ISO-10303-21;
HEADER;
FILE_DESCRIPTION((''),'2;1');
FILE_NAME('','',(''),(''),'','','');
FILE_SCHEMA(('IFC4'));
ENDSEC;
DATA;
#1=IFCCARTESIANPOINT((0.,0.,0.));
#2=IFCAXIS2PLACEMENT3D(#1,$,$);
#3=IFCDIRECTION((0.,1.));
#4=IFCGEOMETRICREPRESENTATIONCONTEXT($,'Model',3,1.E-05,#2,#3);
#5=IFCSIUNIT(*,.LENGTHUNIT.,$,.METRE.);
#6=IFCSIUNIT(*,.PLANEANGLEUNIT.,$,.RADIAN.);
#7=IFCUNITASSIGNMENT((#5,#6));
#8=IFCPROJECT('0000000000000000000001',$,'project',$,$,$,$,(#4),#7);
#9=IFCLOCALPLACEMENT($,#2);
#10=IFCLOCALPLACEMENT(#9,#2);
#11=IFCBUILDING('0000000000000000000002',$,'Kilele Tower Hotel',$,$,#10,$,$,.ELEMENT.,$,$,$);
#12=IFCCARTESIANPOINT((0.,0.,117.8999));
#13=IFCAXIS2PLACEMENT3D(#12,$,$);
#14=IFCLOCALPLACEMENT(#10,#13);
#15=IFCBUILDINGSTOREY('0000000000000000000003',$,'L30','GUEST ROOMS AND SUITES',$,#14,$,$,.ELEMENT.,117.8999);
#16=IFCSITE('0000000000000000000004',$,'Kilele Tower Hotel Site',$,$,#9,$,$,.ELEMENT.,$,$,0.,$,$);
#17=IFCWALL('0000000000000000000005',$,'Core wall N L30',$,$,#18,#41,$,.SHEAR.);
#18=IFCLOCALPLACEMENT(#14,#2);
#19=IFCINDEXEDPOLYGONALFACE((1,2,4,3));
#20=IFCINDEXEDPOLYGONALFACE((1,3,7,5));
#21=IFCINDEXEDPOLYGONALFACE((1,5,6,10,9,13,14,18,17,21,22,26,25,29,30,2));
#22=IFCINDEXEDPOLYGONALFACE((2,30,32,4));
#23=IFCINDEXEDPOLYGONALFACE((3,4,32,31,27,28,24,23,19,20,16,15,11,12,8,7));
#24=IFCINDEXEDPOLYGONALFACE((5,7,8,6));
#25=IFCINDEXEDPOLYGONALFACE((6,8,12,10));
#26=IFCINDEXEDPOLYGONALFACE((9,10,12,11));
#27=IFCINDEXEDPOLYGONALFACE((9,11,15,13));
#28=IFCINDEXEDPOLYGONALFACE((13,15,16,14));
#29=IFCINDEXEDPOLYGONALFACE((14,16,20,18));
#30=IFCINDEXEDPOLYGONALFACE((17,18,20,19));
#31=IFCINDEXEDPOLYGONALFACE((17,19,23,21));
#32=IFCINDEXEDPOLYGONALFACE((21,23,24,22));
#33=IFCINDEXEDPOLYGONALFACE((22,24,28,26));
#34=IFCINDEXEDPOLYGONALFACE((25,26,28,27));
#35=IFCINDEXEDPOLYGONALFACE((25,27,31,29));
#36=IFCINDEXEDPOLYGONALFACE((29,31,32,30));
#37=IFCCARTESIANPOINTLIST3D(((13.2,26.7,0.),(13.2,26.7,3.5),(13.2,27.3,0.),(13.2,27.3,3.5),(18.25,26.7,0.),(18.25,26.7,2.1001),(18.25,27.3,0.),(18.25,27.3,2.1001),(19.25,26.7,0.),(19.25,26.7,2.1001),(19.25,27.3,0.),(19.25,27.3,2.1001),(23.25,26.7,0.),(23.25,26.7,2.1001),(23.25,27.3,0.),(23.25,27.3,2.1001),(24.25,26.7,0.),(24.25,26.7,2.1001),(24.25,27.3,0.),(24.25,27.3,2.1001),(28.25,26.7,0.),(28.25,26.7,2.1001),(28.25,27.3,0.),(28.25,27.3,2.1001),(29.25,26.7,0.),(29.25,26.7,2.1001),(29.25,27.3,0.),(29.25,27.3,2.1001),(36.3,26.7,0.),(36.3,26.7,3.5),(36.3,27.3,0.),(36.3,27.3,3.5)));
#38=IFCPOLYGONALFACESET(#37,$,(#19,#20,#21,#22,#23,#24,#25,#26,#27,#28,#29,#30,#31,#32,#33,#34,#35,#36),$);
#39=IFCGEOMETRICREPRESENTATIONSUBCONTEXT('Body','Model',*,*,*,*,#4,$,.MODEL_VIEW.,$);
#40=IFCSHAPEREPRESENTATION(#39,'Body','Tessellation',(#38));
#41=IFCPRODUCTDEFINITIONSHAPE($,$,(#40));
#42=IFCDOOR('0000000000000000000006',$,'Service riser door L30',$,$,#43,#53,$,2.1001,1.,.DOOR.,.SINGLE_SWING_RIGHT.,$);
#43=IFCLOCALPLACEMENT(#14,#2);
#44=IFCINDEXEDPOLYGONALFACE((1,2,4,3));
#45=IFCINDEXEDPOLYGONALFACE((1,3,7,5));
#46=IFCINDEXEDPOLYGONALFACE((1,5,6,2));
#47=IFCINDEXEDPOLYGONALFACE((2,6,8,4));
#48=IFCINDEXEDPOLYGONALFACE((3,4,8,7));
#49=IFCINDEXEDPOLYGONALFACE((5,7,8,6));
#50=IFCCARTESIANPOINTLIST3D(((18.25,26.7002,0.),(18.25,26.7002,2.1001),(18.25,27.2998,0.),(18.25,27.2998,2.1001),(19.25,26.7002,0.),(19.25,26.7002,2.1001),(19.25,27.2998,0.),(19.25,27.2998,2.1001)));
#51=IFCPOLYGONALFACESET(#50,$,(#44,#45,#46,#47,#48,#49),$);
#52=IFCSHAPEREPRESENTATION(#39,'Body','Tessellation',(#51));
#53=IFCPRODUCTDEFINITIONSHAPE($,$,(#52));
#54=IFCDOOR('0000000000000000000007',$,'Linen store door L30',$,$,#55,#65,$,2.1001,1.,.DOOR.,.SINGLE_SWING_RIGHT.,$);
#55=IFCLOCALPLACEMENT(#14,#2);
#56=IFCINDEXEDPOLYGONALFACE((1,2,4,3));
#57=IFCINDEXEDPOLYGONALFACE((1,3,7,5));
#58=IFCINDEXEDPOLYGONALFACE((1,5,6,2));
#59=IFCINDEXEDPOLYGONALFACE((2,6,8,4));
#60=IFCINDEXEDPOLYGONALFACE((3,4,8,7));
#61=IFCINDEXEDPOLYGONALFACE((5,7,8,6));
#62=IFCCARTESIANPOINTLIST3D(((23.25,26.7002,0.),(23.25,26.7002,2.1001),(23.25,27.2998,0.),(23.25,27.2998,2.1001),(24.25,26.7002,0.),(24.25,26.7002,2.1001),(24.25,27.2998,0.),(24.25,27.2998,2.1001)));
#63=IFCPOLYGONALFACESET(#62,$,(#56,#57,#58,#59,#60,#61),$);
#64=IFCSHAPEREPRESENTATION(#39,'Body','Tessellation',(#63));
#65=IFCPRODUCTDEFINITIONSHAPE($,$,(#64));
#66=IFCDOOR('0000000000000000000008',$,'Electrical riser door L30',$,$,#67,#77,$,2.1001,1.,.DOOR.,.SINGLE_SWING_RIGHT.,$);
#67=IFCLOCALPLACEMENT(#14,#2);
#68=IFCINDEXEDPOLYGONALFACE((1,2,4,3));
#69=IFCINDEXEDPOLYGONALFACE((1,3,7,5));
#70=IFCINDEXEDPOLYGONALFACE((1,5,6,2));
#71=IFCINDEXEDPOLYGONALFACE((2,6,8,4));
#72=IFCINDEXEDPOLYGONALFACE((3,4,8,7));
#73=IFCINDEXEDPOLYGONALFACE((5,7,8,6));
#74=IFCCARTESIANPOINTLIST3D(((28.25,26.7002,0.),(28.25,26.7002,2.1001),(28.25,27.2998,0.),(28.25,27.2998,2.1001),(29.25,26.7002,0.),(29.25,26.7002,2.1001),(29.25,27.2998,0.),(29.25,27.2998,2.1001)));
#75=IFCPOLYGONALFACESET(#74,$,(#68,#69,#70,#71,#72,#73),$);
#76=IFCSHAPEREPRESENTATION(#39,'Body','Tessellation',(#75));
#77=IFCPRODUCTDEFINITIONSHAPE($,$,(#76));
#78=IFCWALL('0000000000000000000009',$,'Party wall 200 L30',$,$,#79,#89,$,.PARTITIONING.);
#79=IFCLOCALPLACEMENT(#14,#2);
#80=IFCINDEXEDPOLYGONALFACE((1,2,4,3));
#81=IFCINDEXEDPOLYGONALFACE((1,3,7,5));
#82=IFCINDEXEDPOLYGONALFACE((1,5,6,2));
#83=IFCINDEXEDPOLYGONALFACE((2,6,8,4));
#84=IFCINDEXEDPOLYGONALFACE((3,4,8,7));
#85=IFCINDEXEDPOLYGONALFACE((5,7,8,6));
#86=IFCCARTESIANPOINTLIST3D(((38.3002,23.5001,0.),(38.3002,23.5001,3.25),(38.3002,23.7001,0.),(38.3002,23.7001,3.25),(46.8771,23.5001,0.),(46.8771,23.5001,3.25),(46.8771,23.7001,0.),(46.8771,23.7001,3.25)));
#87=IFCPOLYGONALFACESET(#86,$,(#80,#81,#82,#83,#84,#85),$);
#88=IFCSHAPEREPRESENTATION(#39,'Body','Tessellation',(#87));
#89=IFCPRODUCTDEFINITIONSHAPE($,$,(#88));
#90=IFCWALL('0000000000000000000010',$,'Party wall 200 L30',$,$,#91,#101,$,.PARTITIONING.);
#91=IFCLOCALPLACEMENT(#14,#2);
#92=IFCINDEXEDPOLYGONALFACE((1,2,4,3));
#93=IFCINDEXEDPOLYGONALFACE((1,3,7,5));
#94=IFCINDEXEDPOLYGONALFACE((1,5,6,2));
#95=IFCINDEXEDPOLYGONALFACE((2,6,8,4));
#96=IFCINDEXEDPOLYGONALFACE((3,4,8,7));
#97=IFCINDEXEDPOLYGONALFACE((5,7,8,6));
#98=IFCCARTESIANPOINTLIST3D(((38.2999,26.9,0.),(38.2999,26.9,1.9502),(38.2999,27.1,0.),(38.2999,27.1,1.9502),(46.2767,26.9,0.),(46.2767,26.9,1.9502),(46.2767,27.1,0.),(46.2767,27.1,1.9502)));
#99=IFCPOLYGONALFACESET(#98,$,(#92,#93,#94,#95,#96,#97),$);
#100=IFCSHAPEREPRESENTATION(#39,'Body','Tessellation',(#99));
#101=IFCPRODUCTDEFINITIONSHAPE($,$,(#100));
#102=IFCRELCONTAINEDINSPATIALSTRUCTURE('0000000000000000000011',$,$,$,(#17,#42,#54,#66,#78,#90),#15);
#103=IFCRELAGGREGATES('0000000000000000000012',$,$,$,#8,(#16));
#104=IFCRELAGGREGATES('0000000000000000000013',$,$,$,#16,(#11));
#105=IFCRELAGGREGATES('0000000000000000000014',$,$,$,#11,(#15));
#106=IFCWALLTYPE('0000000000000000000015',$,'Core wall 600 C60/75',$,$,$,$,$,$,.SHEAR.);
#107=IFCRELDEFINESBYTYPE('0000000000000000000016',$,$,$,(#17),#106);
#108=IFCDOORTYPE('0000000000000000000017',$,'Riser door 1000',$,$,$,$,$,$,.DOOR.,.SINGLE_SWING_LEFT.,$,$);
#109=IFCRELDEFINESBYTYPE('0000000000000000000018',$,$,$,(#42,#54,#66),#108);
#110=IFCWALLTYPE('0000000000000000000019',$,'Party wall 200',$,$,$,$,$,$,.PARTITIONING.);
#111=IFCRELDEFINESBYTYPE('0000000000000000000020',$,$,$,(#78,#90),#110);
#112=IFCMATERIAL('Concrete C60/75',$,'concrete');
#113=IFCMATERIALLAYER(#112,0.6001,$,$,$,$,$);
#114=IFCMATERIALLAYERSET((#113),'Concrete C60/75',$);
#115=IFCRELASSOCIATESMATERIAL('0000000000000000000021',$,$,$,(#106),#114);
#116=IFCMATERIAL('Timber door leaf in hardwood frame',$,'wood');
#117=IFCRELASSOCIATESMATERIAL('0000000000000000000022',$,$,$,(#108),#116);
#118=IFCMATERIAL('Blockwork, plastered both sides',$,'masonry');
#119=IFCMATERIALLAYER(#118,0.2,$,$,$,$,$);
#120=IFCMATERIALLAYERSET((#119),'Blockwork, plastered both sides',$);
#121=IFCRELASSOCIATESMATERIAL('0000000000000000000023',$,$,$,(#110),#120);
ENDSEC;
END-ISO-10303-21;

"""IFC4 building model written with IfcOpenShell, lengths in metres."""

from ifc_helpers import new_model, si_unit, direction, frame, frame_2d, origin, place, context, subcontext, project, spatial, rectangle, extrude, material, layer, layer_set, type_object, element, fill, save


model = new_model("IFC4")

# Units and contexts
model_context = context("Model", 3, precision=1e-05, world=origin(), true_north=direction((0.0, 1.0)))
body_context = subcontext(model_context, "Body", "Model", "MODEL_VIEW")
ifc_project = project(units=[si_unit("LENGTHUNIT", "METRE"), si_unit("PLANEANGLEUNIT", "RADIAN")], contexts=[model_context])

# Site, building, storey
site_placement = place(None, origin())
site = spatial("IfcSite", under=ifc_project, at=site_placement, Name="Kilele Tower Hotel Site", CompositionType="ELEMENT", RefElevation=0.0)
building_placement = place(site_placement, origin())
building = spatial("IfcBuilding", under=site, at=building_placement, Name="Kilele Tower Hotel", CompositionType="ELEMENT")
storey_placement = place(building_placement, frame((0.0, 0.0, 117.8999)))
storey = spatial("IfcBuildingStorey", under=building, at=storey_placement, Name="L30", Description="GUEST ROOMS AND SUITES", CompositionType="ELEMENT", Elevation=117.8999)

# Wall, openings, doors
ifc_material_1 = material(Name="Concrete C60/75", Category="concrete")
ifc_layer_1 = layer(ifc_material_1, 0.6001)
ifc_layer_set_1 = layer_set([ifc_layer_1], Name="Concrete C60/75")
wall_type_1 = type_object("IfcWallType", Name="Core wall 600 C60/75", PredefinedType="SHEAR", material=ifc_layer_set_1)
wall_1_placement = place(storey_placement, frame((36.3, 27.0, 0.0), z_axis=(0.0, 0.0, 1.0), x_axis=(-1.0, 0.0, 0.0)))
wall_1 = element("IfcWall", 1, at=wall_1_placement, inside=storey, type_object=wall_type_1, Name="Core wall N L30", PredefinedType="SHEAR", context=body_context, shape_type="SweptSolid", body=[
    extrude(rectangle(XDim=23.1001, YDim=0.6001, at=frame_2d((11.55, 0.0))), origin(), (0.0, 0.0, 1.0), 3.5),
])
opening_1_placement = place(wall_1_placement, frame((17.05, 0.0, 0.0)))
opening_1 = element("IfcOpeningElement", 2, at=opening_1_placement, cuts=wall_1, PredefinedType="OPENING", context=body_context, shape_type="SweptSolid", body=[
    extrude(rectangle(XDim=1.0, YDim=2.1001, at=frame_2d((0.5, 1.05))), frame((0.0, 0.3101, 0.0), z_axis=(0.0, -1.0, 0.0), x_axis=(1.0, 0.0, 0.0)), (0.0, 0.0, 1.0), 0.6201),
])
opening_2_placement = place(wall_1_placement, frame((12.05, 0.0, 0.0)))
opening_2 = element("IfcOpeningElement", 3, at=opening_2_placement, cuts=wall_1, PredefinedType="OPENING", context=body_context, shape_type="SweptSolid", body=[
    extrude(rectangle(XDim=1.0, YDim=2.1001, at=frame_2d((0.5, 1.05))), frame((0.0, 0.3101, 0.0), z_axis=(0.0, -1.0, 0.0), x_axis=(1.0, 0.0, 0.0)), (0.0, 0.0, 1.0), 0.6201),
])
opening_3_placement = place(wall_1_placement, frame((7.05, 0.0, 0.0)))
opening_3 = element("IfcOpeningElement", 4, at=opening_3_placement, cuts=wall_1, PredefinedType="OPENING", context=body_context, shape_type="SweptSolid", body=[
    extrude(rectangle(XDim=1.0, YDim=2.1001, at=frame_2d((0.5, 1.05))), frame((0.0, 0.3101, 0.0), z_axis=(0.0, -1.0, 0.0), x_axis=(1.0, 0.0, 0.0)), (0.0, 0.0, 1.0), 0.6201),
])
ifc_material_2 = material(Name="Timber door leaf in hardwood frame", Category="wood")
door_type_1 = type_object("IfcDoorType", Name="Riser door 1000", OperationType="SINGLE_SWING_LEFT", PredefinedType="DOOR", material=ifc_material_2)
door_1_placement = place(opening_1_placement, origin())
door_1 = element("IfcDoor", 5, at=door_1_placement, inside=storey, type_object=door_type_1, Name="Service riser door L30", OperationType="SINGLE_SWING_RIGHT", OverallHeight=2.1001, OverallWidth=1.0, PredefinedType="DOOR", context=body_context, shape_type="SweptSolid", body=[
    extrude(rectangle(XDim=1.0, YDim=2.1001, at=frame_2d((0.5, 1.05))), frame((0.0, 0.2998, 0.0), z_axis=(0.0, -1.0, 0.0), x_axis=(1.0, 0.0, 0.0)), (0.0, 0.0, 1.0), 0.5996),
])
fill(opening_1, door_1)
door_2_placement = place(opening_2_placement, origin())
door_2 = element("IfcDoor", 6, at=door_2_placement, inside=storey, type_object=door_type_1, Name="Linen store door L30", OperationType="SINGLE_SWING_RIGHT", OverallHeight=2.1001, OverallWidth=1.0, PredefinedType="DOOR", context=body_context, shape_type="SweptSolid", body=[
    extrude(rectangle(XDim=1.0, YDim=2.1001, at=frame_2d((0.5, 1.05))), frame((0.0, 0.2998, 0.0), z_axis=(0.0, -1.0, 0.0), x_axis=(1.0, 0.0, 0.0)), (0.0, 0.0, 1.0), 0.5996),
])
fill(opening_2, door_2)
door_3_placement = place(opening_3_placement, origin())
door_3 = element("IfcDoor", 7, at=door_3_placement, inside=storey, type_object=door_type_1, Name="Electrical riser door L30", OperationType="SINGLE_SWING_RIGHT", OverallHeight=2.1001, OverallWidth=1.0, PredefinedType="DOOR", context=body_context, shape_type="SweptSolid", body=[
    extrude(rectangle(XDim=1.0, YDim=2.1001, at=frame_2d((0.5, 1.05))), frame((0.0, 0.2998, 0.0), z_axis=(0.0, -1.0, 0.0), x_axis=(1.0, 0.0, 0.0)), (0.0, 0.0, 1.0), 0.5996),
])
fill(opening_3, door_3)

# Walls
ifc_material_3 = material(Name="Blockwork, plastered both sides", Category="masonry")
ifc_layer_2 = layer(ifc_material_3, 0.2)
ifc_layer_set_2 = layer_set([ifc_layer_2], Name="Blockwork, plastered both sides")
wall_type_2 = type_object("IfcWallType", Name="Party wall 200", PredefinedType="PARTITIONING", material=ifc_layer_set_2)
wall_2_placement = place(storey_placement, frame((38.3, 23.6001, 0.0), z_axis=(0.0, 0.0, 1.0), x_axis=(1.0, 0.0, 0.0)))
element("IfcWall", 8, at=wall_2_placement, inside=storey, type_object=wall_type_2, Name="Party wall 200 L30", PredefinedType="PARTITIONING", context=body_context, shape_type="SweptSolid", body=[
    extrude(rectangle(XDim=8.5769, YDim=0.2, at=frame_2d((4.2886, 0.0))), origin(), (0.0, 0.0, 1.0), 3.25),
])
wall_3_placement = place(storey_placement, frame((38.3, 27.0, 0.0), z_axis=(0.0, 0.0, 1.0), x_axis=(1.0, 0.0, 0.0)))
element("IfcWall", 9, at=wall_3_placement, inside=storey, type_object=wall_type_2, Name="Party wall 200 L30", PredefinedType="PARTITIONING", context=body_context, shape_type="SweptSolid", body=[
    extrude(rectangle(XDim=7.9768, YDim=0.2, at=frame_2d((3.9883, 0.0))), origin(), (0.0, 0.0, 1.0), 1.9502),
])

save(model, "model.ifc")
